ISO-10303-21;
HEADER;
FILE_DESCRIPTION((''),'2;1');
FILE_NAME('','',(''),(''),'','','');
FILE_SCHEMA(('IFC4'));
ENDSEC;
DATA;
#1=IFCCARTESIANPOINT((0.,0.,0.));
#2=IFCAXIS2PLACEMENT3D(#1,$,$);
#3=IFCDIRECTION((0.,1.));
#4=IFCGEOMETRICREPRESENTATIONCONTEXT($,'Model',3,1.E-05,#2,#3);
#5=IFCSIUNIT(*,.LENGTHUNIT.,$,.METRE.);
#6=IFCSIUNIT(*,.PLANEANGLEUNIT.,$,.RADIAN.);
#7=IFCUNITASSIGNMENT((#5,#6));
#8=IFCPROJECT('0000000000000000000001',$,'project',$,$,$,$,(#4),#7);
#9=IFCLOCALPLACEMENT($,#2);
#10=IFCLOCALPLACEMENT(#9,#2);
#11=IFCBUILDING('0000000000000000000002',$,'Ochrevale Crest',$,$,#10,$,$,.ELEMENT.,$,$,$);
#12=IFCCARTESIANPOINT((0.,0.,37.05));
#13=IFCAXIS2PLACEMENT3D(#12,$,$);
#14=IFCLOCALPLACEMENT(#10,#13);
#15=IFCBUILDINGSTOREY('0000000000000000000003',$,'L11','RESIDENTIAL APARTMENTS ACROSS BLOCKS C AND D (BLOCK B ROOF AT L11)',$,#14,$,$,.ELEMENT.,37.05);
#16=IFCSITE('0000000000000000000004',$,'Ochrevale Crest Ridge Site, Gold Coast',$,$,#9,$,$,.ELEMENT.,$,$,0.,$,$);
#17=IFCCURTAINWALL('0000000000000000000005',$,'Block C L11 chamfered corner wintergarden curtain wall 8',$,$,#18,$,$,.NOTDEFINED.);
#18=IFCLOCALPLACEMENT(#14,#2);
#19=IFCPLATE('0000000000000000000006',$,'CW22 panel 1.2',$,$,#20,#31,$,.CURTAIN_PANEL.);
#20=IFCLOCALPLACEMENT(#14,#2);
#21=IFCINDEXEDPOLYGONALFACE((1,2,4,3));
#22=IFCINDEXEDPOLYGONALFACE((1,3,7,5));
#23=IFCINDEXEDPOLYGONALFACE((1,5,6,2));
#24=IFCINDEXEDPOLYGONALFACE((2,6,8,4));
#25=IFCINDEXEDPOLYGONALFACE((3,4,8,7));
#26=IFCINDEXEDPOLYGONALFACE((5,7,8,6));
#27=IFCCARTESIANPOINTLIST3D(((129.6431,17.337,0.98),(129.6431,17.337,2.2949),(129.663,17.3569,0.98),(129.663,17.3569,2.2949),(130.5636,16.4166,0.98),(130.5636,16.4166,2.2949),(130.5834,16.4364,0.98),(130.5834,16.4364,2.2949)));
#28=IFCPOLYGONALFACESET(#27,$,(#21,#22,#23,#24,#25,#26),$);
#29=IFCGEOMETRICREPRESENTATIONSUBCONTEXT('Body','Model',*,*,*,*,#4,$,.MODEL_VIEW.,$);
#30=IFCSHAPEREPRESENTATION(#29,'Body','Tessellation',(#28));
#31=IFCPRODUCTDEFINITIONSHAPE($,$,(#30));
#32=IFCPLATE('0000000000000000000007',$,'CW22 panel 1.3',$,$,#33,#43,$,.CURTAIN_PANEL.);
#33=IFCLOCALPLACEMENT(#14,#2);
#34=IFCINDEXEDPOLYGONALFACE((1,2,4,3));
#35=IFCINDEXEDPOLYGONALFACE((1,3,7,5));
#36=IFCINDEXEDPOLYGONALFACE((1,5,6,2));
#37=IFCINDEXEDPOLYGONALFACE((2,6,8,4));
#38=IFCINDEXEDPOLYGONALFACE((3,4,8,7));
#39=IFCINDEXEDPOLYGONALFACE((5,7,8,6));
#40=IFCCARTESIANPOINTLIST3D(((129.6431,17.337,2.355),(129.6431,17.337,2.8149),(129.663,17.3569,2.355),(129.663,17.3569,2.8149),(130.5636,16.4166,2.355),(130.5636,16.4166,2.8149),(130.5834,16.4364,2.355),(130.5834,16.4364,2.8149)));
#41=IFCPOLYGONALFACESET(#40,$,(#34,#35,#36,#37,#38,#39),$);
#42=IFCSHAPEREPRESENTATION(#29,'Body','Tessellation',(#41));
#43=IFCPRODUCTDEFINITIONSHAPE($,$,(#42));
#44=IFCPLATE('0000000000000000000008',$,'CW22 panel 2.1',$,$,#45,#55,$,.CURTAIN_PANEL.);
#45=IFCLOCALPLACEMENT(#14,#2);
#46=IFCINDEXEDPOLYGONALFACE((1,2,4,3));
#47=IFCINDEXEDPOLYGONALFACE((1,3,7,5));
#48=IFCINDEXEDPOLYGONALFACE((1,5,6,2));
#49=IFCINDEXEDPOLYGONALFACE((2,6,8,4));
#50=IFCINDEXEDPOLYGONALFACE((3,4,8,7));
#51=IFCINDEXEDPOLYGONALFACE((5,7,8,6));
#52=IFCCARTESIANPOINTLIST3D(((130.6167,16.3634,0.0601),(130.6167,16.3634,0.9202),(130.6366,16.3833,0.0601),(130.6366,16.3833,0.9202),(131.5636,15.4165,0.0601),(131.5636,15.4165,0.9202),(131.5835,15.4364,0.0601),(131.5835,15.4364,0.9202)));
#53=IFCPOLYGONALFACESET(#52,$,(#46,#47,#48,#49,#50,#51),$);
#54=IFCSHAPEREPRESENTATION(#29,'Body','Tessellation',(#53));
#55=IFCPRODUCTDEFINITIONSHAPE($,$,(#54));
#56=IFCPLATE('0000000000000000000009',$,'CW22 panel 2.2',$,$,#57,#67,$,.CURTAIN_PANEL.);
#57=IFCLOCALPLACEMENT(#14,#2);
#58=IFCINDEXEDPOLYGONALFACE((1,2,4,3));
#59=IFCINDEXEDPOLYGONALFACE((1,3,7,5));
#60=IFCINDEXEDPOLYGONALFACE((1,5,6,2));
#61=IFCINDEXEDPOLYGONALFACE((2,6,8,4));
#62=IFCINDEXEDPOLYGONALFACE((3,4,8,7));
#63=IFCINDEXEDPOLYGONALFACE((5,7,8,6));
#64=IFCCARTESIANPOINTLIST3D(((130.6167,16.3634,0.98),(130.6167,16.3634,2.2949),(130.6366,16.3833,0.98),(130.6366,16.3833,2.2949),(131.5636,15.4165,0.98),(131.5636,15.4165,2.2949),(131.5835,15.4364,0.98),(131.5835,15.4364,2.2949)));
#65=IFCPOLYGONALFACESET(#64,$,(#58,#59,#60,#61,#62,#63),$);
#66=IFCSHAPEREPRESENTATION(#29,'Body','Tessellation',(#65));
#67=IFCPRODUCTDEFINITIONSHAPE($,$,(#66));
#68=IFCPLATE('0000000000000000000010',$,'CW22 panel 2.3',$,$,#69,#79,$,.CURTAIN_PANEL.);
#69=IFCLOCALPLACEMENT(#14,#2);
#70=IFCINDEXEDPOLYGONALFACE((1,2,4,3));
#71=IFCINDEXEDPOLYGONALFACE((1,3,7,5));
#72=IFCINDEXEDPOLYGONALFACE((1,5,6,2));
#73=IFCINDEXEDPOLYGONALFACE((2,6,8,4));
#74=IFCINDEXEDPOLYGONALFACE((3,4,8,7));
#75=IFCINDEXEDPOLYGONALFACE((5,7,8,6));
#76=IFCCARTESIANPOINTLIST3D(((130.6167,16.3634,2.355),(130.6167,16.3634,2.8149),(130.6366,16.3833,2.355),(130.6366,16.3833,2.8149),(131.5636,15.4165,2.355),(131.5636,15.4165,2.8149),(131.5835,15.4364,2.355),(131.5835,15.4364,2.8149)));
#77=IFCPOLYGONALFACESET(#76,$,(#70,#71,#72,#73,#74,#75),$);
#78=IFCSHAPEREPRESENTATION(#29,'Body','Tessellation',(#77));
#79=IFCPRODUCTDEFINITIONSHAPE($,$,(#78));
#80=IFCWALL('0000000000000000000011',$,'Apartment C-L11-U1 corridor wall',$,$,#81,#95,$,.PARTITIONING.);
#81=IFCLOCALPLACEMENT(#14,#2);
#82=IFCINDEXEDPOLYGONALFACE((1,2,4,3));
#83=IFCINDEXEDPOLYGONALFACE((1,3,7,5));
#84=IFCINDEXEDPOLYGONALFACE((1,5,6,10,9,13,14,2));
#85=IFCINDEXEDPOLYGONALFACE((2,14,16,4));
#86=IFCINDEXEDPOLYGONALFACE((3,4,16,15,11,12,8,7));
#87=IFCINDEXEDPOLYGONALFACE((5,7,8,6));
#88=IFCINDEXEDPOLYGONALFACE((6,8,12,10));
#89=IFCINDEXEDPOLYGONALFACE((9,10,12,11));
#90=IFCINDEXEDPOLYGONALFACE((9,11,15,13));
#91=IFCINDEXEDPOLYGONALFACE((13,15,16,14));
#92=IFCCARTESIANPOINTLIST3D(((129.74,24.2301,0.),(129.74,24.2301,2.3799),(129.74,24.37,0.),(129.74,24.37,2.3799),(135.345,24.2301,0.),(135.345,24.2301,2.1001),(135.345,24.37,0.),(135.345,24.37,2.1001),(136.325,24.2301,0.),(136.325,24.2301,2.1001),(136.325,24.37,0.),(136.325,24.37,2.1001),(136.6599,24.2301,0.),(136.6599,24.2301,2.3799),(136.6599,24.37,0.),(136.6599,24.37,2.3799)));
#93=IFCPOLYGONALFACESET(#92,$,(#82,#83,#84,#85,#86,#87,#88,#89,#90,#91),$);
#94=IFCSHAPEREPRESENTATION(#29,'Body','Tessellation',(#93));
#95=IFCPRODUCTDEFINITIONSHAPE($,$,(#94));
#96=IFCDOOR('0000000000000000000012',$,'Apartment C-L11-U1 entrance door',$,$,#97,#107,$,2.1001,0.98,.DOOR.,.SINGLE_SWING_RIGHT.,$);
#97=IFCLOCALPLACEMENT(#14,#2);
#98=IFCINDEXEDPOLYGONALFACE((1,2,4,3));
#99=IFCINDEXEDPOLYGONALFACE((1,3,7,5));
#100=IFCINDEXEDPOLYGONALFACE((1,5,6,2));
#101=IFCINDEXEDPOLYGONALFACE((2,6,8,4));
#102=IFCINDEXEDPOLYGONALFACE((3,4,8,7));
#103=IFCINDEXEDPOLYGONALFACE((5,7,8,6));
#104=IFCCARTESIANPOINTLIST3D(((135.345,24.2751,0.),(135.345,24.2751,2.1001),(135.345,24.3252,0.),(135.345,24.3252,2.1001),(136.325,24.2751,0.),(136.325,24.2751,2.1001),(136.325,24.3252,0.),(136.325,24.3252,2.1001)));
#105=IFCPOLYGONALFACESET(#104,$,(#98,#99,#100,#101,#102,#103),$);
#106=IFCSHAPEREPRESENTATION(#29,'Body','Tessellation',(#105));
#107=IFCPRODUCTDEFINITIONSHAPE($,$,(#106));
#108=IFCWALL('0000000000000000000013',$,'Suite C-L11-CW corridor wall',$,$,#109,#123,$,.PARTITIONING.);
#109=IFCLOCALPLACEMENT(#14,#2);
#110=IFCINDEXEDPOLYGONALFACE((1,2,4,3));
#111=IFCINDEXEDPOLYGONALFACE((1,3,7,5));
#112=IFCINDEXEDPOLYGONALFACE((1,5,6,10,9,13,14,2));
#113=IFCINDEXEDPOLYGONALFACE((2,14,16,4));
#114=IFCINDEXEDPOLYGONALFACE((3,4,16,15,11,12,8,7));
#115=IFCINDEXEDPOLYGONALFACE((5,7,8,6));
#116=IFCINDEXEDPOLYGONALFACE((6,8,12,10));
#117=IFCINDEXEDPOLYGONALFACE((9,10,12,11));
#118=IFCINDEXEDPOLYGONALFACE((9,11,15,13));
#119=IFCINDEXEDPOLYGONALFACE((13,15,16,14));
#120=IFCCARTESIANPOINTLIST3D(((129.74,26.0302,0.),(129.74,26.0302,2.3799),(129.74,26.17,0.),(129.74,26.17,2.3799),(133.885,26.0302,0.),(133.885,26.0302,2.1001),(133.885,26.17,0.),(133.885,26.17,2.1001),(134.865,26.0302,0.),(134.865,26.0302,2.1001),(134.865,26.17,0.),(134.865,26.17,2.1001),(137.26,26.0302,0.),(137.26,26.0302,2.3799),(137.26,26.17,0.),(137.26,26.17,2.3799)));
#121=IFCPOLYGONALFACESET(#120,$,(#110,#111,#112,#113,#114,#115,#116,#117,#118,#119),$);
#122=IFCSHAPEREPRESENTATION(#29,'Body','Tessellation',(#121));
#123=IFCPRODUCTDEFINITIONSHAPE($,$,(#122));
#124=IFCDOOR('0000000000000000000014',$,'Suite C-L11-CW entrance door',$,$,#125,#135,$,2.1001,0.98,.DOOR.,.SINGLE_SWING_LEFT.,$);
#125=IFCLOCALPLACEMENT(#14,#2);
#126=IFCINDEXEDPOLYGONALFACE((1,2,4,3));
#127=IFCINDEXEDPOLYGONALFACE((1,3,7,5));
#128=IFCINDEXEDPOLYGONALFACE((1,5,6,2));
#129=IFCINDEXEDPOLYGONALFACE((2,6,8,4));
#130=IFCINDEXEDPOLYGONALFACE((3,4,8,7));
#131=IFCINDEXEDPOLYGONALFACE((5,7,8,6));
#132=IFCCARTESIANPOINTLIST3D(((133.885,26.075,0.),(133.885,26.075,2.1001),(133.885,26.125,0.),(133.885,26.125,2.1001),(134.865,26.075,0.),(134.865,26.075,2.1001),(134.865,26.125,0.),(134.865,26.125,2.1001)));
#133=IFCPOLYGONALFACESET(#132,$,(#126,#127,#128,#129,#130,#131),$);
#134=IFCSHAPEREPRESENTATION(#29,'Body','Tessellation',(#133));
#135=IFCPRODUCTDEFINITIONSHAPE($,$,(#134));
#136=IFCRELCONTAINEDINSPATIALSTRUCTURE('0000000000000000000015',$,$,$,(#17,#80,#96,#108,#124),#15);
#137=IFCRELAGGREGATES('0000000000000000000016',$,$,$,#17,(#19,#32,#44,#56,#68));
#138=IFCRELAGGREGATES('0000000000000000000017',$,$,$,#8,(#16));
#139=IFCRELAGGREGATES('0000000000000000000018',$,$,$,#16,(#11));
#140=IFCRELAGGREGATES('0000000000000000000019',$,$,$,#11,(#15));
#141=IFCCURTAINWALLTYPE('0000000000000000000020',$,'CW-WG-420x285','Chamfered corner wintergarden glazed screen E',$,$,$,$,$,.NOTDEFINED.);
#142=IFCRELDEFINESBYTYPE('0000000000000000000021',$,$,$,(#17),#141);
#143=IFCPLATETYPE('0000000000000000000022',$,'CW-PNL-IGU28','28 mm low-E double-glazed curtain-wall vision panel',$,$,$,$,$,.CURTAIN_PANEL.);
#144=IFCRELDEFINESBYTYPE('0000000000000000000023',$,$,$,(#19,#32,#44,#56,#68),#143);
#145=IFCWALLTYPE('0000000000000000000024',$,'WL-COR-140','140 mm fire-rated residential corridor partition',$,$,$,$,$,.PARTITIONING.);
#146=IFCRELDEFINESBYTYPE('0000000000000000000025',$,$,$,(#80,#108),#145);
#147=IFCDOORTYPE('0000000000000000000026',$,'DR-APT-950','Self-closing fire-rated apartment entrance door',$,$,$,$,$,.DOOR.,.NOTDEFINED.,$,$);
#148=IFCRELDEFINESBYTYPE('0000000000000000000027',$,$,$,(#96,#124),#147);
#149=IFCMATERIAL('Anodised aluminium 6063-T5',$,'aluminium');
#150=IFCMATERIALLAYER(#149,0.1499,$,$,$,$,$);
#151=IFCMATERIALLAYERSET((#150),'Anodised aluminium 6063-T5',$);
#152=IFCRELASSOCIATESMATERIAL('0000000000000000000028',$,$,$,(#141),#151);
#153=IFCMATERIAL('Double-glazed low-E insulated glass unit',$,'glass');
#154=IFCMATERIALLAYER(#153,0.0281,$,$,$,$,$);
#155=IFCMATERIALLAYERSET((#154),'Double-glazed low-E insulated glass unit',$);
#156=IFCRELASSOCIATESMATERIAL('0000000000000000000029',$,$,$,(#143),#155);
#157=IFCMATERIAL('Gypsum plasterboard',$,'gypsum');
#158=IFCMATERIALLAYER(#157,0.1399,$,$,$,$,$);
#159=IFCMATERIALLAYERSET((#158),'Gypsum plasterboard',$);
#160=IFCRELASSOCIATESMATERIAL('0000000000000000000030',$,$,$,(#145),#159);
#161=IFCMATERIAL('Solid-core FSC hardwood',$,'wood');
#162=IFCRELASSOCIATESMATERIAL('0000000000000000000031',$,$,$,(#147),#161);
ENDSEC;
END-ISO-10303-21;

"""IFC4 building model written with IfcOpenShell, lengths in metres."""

from ifc_helpers import new_model, si_unit, direction, frame, frame_2d, origin, origin_2d, place, context, subcontext, project, spatial, rectangle, extrude, material, layer, layer_set, type_object, element, fill, aggregate, save


model = new_model("IFC4")

# Units and contexts
model_context = context("Model", 3, precision=1e-05, world=origin(), true_north=direction((0.0, 1.0)))
body_context = subcontext(model_context, "Body", "Model", "MODEL_VIEW")
ifc_project = project(units=[si_unit("LENGTHUNIT", "METRE"), si_unit("PLANEANGLEUNIT", "RADIAN")], contexts=[model_context])

# Site, building, storey
site_placement = place(None, origin())
site = spatial("IfcSite", under=ifc_project, at=site_placement, Name="Ochrevale Crest Ridge Site, Gold Coast", CompositionType="ELEMENT", RefElevation=0.0)
building_placement = place(site_placement, origin())
building = spatial("IfcBuilding", under=site, at=building_placement, Name="Ochrevale Crest", CompositionType="ELEMENT")
storey_placement = place(building_placement, frame((0.0, 0.0, 37.05)))
storey = spatial("IfcBuildingStorey", under=building, at=storey_placement, Name="L11", Description="RESIDENTIAL APARTMENTS ACROSS BLOCKS C AND D (BLOCK B ROOF AT L11)", CompositionType="ELEMENT", Elevation=37.05)

# Curtain wall, plates
ifc_material_1 = material(Name="Anodised aluminium 6063-T5", Category="aluminium")
ifc_layer_1 = layer(ifc_material_1, 0.1499)
ifc_layer_set_1 = layer_set([ifc_layer_1], Name="Anodised aluminium 6063-T5")
curtain_wall_type = type_object("IfcCurtainWallType", Name="CW-WG-420x285", Description="Chamfered corner wintergarden glazed screen E", PredefinedType="NOTDEFINED", material=ifc_layer_set_1)
curtain_wall_placement = place(storey_placement, origin())
curtain_wall = element("IfcCurtainWall", 1, at=curtain_wall_placement, inside=storey, type_object=curtain_wall_type, Name="Block C L11 chamfered corner wintergarden curtain wall 8", PredefinedType="NOTDEFINED")
ifc_material_2 = material(Name="Double-glazed low-E insulated glass unit", Category="glass")
ifc_layer_2 = layer(ifc_material_2, 0.0281)
ifc_layer_set_2 = layer_set([ifc_layer_2], Name="Double-glazed low-E insulated glass unit")
plate_type = type_object("IfcPlateType", Name="CW-PNL-IGU28", Description="28 mm low-E double-glazed curtain-wall vision panel", PredefinedType="CURTAIN_PANEL", material=ifc_layer_set_2)
plate_1_placement = place(storey_placement, frame((130.1133, 16.8867, 0.98), z_axis=(0.0, 0.0, 1.0), x_axis=(0.707107, -0.707107, 0.0)))
plate_1 = element("IfcPlate", 2, at=plate_1_placement, type_object=plate_type, Name="CW22 panel 1.2", PredefinedType="CURTAIN_PANEL", context=body_context, shape_type="SweptSolid", body=[
    extrude(rectangle(XDim=1.3018, YDim=0.0281, at=origin_2d()), origin(), (0.0, 0.0, 1.0), 1.3149),
])
plate_2_placement = place(storey_placement, frame((130.1133, 16.8867, 2.355), z_axis=(0.0, 0.0, 1.0), x_axis=(0.707107, -0.707107, 0.0)))
plate_2 = element("IfcPlate", 3, at=plate_2_placement, type_object=plate_type, Name="CW22 panel 1.3", PredefinedType="CURTAIN_PANEL", context=body_context, shape_type="SweptSolid", body=[
    extrude(rectangle(XDim=1.3018, YDim=0.0281, at=origin_2d()), origin(), (0.0, 0.0, 1.0), 0.46),
])
plate_3_placement = place(storey_placement, frame((131.1001, 15.8999, 0.0601), z_axis=(0.0, 0.0, 1.0), x_axis=(0.707107, -0.707107, 0.0)))
plate_3 = element("IfcPlate", 4, at=plate_3_placement, type_object=plate_type, Name="CW22 panel 2.1", PredefinedType="CURTAIN_PANEL", context=body_context, shape_type="SweptSolid", body=[
    extrude(rectangle(XDim=1.3391, YDim=0.0281, at=origin_2d()), origin(), (0.0, 0.0, 1.0), 0.8601),
])
plate_4_placement = place(storey_placement, frame((131.1001, 15.8999, 0.98), z_axis=(0.0, 0.0, 1.0), x_axis=(0.707107, -0.707107, 0.0)))
plate_4 = element("IfcPlate", 5, at=plate_4_placement, type_object=plate_type, Name="CW22 panel 2.2", PredefinedType="CURTAIN_PANEL", context=body_context, shape_type="SweptSolid", body=[
    extrude(rectangle(XDim=1.3391, YDim=0.0281, at=origin_2d()), origin(), (0.0, 0.0, 1.0), 1.3149),
])
plate_5_placement = place(storey_placement, frame((131.1001, 15.8999, 2.355), z_axis=(0.0, 0.0, 1.0), x_axis=(0.707107, -0.707107, 0.0)))
plate_5 = element("IfcPlate", 6, at=plate_5_placement, type_object=plate_type, Name="CW22 panel 2.3", PredefinedType="CURTAIN_PANEL", context=body_context, shape_type="SweptSolid", body=[
    extrude(rectangle(XDim=1.3391, YDim=0.0281, at=origin_2d()), origin(), (0.0, 0.0, 1.0), 0.46),
])
aggregate(curtain_wall, [plate_1, plate_2, plate_3, plate_4, plate_5])

# Walls, openings, doors
ifc_material_3 = material(Name="Gypsum plasterboard", Category="gypsum")
ifc_layer_3 = layer(ifc_material_3, 0.1399)
ifc_layer_set_3 = layer_set([ifc_layer_3], Name="Gypsum plasterboard")
wall_type_1 = type_object("IfcWallType", Name="WL-COR-140", Description="140 mm fire-rated residential corridor partition", PredefinedType="PARTITIONING", material=ifc_layer_set_3)
wall_1_placement = place(storey_placement, frame((129.74, 24.3, 0.0), z_axis=(0.0, 0.0, 1.0), x_axis=(1.0, 0.0, 0.0)))
wall_1 = element("IfcWall", 7, at=wall_1_placement, inside=storey, type_object=wall_type_1, Name="Apartment C-L11-U1 corridor wall", PredefinedType="PARTITIONING", context=body_context, shape_type="SweptSolid", body=[
    extrude(rectangle(XDim=6.9199, YDim=0.1399, at=frame_2d((3.46, 0.0))), origin(), (0.0, 0.0, 1.0), 2.3799),
])
opening_1_placement = place(wall_1_placement, frame((6.585, 0.0, 0.0), z_axis=(0.0, 0.0, 1.0), x_axis=(-1.0, 0.0, 0.0)))
opening_1 = element("IfcOpeningElement", 8, at=opening_1_placement, cuts=wall_1, PredefinedType="OPENING", context=body_context, shape_type="SweptSolid", body=[
    extrude(rectangle(XDim=0.98, YDim=2.1001, at=frame_2d((0.49, 1.05))), frame((0.0, 0.0801, 0.0), z_axis=(0.0, -1.0, 0.0), x_axis=(1.0, 0.0, 0.0)), (0.0, 0.0, 1.0), 0.1599),
])
ifc_material_4 = material(Name="Solid-core FSC hardwood", Category="wood")
door_type_1 = type_object("IfcDoorType", Name="DR-APT-950", Description="Self-closing fire-rated apartment entrance door", OperationType="NOTDEFINED", PredefinedType="DOOR", material=ifc_material_4)
door_1_placement = place(opening_1_placement, origin())
door_1 = element("IfcDoor", 9, at=door_1_placement, inside=storey, type_object=door_type_1, Name="Apartment C-L11-U1 entrance door", OperationType="SINGLE_SWING_RIGHT", OverallHeight=2.1001, OverallWidth=0.98, PredefinedType="DOOR", context=body_context, shape_type="SweptSolid", body=[
    extrude(rectangle(XDim=0.98, YDim=2.1001, at=frame_2d((0.49, 1.05))), frame((0.0, 0.0249, 0.0), z_axis=(0.0, -1.0, 0.0), x_axis=(1.0, 0.0, 0.0)), (0.0, 0.0, 1.0), 0.05),
])
fill(opening_1, door_1)
wall_2_placement = place(storey_placement, frame((129.74, 26.1001, 0.0), z_axis=(0.0, 0.0, 1.0), x_axis=(1.0, 0.0, 0.0)))
wall_2 = element("IfcWall", 10, at=wall_2_placement, inside=storey, type_object=wall_type_1, Name="Suite C-L11-CW corridor wall", PredefinedType="PARTITIONING", context=body_context, shape_type="SweptSolid", body=[
    extrude(rectangle(XDim=7.52, YDim=0.1399, at=frame_2d((3.76, 0.0))), origin(), (0.0, 0.0, 1.0), 2.3799),
])
opening_2_placement = place(wall_2_placement, frame((4.145, 0.0, 0.0)))
opening_2 = element("IfcOpeningElement", 11, at=opening_2_placement, cuts=wall_2, PredefinedType="OPENING", context=body_context, shape_type="SweptSolid", body=[
    extrude(rectangle(XDim=0.98, YDim=2.1001, at=frame_2d((0.49, 1.05))), frame((0.0, 0.0801, 0.0), z_axis=(0.0, -1.0, 0.0), x_axis=(1.0, 0.0, 0.0)), (0.0, 0.0, 1.0), 0.1599),
])
door_2_placement = place(opening_2_placement, origin())
door_2 = element("IfcDoor", 12, at=door_2_placement, inside=storey, type_object=door_type_1, Name="Suite C-L11-CW entrance door", OperationType="SINGLE_SWING_LEFT", OverallHeight=2.1001, OverallWidth=0.98, PredefinedType="DOOR", context=body_context, shape_type="SweptSolid", body=[
    extrude(rectangle(XDim=0.98, YDim=2.1001, at=frame_2d((0.49, 1.05))), frame((0.0, 0.0249, 0.0), z_axis=(0.0, -1.0, 0.0), x_axis=(1.0, 0.0, 0.0)), (0.0, 0.0, 1.0), 0.05),
])
fill(opening_2, door_2)

save(model, "model.ifc")
